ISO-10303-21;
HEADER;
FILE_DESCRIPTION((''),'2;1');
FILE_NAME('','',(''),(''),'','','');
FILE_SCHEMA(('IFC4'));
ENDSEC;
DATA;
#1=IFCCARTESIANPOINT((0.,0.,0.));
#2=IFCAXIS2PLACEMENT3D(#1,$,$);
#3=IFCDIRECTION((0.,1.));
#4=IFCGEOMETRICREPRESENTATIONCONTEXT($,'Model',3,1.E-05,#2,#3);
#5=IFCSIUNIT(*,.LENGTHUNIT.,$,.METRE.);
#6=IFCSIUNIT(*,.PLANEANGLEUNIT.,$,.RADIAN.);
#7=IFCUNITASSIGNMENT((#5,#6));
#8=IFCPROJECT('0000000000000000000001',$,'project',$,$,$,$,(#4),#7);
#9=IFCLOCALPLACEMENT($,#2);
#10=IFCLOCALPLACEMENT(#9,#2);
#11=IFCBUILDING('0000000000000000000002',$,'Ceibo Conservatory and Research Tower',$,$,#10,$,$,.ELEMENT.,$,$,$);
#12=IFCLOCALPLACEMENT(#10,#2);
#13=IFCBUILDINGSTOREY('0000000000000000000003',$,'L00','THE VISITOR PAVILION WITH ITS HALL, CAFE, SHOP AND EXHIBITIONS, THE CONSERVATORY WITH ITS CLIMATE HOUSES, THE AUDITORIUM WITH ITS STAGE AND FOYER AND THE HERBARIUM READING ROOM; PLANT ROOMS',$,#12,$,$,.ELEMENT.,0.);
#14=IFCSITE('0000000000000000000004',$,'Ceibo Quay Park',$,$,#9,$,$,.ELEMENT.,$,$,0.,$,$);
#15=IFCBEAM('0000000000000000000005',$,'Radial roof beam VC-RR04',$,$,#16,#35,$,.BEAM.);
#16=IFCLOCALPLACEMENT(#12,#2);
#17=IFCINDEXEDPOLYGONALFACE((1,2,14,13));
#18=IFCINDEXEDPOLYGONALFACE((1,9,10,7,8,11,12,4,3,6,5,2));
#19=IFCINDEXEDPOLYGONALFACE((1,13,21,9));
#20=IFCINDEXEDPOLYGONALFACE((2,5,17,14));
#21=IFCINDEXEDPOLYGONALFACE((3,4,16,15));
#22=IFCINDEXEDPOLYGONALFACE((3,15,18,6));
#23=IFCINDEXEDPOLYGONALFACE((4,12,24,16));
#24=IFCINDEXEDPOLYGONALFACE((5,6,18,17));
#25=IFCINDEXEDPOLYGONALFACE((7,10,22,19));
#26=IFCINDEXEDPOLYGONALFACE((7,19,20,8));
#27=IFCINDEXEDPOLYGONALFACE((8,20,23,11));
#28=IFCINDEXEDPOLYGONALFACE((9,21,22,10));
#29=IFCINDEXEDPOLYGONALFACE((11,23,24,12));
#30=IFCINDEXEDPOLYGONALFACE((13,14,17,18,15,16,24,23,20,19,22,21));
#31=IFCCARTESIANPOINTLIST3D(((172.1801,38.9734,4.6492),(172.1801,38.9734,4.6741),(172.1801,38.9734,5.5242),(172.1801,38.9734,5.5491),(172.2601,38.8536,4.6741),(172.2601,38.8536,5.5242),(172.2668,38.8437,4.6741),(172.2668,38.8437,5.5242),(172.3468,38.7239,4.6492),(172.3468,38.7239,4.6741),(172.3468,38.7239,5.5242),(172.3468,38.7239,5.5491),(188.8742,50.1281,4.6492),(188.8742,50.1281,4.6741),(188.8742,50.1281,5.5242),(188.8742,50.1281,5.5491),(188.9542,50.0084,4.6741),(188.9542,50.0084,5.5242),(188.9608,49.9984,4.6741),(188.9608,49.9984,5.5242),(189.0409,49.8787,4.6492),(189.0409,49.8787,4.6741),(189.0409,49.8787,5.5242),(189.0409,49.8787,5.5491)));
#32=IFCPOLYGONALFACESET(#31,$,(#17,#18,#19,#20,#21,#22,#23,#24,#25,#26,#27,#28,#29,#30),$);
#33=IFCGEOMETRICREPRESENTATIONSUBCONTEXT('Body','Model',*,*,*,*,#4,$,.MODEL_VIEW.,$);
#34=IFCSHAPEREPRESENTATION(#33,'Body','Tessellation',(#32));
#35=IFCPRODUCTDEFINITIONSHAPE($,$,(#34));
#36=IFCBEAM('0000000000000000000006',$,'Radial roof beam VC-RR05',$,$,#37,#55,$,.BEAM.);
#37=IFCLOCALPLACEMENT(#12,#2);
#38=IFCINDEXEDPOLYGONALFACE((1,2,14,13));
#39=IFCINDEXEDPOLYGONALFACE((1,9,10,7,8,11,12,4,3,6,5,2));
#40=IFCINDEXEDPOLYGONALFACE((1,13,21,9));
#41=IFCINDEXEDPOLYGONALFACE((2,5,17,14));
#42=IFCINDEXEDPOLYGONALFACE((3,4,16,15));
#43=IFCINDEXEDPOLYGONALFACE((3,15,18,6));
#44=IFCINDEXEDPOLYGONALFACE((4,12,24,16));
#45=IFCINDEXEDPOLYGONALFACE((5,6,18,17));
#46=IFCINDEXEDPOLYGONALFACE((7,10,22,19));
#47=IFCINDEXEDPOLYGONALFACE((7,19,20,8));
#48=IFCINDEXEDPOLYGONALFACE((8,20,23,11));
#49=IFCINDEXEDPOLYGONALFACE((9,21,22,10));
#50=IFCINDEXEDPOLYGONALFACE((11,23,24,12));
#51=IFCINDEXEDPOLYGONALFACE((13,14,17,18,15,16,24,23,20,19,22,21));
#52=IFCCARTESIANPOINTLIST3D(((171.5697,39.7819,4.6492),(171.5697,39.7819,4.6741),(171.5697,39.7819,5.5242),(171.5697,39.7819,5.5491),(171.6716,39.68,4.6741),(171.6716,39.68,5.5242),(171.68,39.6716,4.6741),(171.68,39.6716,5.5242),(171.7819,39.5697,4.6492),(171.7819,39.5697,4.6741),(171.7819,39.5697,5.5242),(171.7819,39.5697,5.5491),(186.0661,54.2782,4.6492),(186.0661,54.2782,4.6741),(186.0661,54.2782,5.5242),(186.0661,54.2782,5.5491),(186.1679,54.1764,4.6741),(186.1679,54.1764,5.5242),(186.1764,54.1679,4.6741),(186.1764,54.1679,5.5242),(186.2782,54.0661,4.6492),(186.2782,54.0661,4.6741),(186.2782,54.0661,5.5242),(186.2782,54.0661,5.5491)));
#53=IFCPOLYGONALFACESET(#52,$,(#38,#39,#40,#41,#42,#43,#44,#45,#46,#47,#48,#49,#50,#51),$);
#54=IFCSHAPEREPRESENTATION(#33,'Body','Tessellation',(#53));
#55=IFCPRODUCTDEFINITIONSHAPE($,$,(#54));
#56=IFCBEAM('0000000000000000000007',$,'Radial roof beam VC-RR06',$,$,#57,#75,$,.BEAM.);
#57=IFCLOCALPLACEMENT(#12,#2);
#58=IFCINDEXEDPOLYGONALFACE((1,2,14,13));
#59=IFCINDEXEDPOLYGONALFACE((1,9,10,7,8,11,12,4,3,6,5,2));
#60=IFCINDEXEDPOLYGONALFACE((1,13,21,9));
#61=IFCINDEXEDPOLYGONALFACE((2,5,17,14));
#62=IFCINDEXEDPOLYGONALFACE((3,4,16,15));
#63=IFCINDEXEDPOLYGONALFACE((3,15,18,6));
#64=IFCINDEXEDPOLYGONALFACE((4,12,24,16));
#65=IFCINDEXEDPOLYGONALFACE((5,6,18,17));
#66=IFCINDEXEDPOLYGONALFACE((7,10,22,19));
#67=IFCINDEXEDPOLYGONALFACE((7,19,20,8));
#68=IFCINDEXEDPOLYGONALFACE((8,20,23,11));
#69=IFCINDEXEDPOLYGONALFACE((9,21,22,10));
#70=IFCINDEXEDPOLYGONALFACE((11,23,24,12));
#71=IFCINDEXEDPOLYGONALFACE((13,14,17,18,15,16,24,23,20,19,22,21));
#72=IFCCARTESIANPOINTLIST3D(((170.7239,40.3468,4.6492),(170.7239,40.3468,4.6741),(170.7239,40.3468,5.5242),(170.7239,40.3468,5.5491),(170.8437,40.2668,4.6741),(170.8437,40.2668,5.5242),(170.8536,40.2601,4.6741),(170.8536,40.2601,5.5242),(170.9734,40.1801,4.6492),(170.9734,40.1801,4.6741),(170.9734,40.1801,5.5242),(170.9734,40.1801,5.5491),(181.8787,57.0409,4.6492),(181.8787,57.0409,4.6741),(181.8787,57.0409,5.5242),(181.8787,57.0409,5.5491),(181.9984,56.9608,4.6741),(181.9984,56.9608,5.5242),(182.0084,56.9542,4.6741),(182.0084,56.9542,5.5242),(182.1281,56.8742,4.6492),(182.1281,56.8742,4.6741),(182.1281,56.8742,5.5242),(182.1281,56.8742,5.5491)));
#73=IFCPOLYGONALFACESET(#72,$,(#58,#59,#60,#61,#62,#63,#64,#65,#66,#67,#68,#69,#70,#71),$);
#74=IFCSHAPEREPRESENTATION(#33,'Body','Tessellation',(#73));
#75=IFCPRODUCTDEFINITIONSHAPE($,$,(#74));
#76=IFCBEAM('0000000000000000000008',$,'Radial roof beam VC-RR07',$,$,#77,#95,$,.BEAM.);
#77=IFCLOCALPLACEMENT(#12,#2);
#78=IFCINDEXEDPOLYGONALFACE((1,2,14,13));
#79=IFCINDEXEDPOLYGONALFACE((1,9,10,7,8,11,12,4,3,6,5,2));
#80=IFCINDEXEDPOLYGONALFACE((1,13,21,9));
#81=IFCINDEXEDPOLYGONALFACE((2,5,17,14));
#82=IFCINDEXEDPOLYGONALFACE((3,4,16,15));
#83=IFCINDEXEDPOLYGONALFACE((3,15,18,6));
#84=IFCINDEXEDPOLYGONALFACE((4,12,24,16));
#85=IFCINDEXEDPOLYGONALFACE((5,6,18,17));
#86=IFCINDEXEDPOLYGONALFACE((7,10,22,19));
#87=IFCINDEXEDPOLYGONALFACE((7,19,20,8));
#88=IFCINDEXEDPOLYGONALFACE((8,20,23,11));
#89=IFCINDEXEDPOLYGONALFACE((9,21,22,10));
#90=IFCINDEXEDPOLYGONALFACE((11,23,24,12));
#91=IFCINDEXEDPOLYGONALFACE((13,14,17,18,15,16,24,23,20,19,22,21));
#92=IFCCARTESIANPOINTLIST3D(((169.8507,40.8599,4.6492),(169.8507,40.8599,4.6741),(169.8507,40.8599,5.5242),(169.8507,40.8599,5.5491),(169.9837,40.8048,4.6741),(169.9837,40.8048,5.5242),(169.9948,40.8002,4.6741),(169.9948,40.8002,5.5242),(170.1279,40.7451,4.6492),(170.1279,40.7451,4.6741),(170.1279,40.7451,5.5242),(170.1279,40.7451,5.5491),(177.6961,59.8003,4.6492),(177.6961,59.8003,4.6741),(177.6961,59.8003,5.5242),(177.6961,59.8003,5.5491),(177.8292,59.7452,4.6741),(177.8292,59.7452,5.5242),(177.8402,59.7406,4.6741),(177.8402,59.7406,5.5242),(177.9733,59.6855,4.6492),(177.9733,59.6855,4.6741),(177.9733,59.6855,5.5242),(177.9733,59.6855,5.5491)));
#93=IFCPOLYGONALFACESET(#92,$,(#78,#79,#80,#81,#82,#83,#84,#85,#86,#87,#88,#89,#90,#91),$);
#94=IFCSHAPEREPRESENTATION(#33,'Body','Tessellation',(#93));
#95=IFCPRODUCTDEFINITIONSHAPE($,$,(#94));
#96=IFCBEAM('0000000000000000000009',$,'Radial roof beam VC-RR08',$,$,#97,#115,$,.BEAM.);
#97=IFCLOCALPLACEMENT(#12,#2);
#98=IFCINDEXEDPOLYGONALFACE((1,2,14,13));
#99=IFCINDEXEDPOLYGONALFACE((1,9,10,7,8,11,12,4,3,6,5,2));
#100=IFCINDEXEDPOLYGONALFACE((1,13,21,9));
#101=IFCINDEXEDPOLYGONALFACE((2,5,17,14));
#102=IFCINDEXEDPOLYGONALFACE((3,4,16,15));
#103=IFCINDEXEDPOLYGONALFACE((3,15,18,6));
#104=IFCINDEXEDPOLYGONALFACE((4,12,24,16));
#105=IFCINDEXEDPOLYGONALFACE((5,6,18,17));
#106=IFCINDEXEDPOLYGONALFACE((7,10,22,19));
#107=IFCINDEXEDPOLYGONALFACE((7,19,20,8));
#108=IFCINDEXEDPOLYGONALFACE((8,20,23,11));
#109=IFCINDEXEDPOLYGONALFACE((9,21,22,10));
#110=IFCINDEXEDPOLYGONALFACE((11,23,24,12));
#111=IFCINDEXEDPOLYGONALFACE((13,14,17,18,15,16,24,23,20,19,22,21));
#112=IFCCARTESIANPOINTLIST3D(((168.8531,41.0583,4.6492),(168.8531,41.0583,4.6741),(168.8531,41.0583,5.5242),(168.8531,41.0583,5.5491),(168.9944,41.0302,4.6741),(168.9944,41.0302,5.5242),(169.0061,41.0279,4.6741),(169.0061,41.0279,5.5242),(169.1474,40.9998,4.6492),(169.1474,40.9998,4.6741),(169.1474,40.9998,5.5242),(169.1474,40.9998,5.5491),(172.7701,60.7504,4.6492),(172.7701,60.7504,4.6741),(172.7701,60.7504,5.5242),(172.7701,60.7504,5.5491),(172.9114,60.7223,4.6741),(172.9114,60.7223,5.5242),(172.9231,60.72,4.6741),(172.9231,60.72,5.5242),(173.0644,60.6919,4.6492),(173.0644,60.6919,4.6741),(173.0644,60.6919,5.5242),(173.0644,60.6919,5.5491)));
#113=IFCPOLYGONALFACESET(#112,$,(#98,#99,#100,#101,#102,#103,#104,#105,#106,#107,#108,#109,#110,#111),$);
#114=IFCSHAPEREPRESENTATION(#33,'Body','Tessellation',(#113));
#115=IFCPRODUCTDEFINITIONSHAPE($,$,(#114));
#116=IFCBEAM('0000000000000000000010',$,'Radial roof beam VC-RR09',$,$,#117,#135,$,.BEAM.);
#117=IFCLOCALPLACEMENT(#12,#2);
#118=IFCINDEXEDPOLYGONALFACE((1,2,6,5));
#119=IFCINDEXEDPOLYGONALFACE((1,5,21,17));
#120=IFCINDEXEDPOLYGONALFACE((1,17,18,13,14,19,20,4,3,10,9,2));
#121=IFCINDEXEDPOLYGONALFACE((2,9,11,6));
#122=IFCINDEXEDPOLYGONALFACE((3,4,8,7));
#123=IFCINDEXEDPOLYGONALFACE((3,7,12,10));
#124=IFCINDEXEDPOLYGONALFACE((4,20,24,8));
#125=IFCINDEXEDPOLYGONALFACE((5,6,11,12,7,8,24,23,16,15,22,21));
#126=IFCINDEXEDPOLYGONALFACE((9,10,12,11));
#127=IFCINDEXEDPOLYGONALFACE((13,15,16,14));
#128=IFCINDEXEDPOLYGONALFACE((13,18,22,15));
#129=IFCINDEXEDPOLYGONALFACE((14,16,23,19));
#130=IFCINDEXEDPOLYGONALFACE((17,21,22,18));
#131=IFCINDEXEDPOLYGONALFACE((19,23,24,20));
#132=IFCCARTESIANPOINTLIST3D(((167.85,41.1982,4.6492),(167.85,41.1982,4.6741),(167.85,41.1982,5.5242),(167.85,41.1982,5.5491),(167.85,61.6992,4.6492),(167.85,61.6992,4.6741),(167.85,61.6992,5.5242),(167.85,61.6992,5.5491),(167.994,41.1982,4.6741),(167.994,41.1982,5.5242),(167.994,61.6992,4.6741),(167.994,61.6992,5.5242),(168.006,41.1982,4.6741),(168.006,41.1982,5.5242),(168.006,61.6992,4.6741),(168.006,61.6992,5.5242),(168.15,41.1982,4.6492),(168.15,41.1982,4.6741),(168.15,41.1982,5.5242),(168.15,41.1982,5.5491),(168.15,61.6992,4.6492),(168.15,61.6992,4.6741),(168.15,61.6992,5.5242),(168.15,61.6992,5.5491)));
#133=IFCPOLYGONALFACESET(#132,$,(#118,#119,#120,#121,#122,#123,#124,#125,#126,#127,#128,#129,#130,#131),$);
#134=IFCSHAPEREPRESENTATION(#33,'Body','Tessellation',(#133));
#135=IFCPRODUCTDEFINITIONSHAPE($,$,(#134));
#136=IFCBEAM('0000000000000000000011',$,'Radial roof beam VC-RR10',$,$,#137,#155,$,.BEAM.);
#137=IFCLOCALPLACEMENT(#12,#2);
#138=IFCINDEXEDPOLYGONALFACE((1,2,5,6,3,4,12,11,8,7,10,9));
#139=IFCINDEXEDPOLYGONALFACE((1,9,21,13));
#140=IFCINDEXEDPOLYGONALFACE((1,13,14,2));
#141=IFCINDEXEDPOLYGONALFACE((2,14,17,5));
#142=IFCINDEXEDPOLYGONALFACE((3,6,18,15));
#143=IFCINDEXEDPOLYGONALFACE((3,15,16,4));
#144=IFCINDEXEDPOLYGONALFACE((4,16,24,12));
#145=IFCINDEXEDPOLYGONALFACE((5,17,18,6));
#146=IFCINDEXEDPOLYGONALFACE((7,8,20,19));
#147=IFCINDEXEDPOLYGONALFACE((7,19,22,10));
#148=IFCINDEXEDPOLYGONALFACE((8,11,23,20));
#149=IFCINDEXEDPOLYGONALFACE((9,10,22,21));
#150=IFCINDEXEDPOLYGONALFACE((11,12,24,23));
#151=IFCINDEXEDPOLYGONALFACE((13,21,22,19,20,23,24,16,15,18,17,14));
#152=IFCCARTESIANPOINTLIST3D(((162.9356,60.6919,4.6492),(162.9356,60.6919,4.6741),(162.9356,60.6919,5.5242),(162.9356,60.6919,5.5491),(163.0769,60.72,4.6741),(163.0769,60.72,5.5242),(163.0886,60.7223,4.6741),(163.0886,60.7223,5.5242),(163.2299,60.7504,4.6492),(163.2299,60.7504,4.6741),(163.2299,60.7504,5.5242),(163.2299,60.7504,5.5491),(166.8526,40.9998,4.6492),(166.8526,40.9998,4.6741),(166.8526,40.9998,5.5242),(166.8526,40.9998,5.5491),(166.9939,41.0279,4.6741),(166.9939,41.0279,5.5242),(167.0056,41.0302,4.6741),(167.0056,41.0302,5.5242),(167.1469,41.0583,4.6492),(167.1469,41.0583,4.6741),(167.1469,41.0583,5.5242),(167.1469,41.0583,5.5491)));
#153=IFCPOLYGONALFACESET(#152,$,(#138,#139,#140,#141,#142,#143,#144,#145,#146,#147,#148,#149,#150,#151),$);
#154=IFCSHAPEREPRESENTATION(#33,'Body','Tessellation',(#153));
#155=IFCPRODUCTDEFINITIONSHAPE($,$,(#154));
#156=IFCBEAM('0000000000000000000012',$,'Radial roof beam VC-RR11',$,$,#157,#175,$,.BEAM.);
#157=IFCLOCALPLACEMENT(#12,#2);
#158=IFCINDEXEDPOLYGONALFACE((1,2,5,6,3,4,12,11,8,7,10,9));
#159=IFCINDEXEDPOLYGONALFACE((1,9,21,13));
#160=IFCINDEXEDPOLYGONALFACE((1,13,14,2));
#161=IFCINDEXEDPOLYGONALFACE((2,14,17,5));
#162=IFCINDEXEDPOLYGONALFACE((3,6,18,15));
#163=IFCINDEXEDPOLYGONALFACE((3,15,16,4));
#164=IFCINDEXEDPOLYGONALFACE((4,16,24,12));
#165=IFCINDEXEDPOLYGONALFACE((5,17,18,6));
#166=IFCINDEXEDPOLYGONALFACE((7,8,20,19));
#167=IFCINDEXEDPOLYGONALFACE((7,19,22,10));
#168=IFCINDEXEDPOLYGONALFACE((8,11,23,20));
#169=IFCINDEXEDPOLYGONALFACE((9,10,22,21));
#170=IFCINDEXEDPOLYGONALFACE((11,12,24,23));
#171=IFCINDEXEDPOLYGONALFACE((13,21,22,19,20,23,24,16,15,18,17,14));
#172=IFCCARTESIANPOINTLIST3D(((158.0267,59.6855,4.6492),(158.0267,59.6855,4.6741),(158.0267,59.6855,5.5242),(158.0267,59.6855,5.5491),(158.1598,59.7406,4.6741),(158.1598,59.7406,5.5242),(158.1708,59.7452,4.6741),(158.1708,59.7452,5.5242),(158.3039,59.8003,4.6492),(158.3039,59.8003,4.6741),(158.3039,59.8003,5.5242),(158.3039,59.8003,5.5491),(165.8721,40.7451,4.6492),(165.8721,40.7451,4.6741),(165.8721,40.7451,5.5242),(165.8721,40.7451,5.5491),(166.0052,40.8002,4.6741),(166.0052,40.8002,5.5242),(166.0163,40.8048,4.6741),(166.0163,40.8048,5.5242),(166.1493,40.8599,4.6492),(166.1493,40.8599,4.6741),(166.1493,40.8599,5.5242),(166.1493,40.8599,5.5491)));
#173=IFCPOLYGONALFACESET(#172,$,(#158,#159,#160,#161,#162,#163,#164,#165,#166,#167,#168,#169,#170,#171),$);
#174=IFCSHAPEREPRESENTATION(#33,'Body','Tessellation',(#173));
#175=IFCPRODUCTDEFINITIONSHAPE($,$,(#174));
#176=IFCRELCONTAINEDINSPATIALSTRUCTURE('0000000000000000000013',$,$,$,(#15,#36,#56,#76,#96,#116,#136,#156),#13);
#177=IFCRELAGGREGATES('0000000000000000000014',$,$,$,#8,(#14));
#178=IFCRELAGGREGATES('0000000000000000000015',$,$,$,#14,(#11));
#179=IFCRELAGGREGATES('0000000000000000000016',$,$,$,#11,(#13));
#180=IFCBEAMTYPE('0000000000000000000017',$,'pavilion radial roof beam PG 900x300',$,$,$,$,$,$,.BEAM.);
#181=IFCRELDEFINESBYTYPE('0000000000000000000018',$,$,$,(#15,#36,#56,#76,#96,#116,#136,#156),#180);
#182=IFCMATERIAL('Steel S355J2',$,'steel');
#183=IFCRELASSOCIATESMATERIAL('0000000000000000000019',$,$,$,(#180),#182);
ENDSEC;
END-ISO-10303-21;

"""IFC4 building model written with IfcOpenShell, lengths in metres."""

from ifc_helpers import new_model, si_unit, direction, frame, origin, origin_2d, place, context, subcontext, project, spatial, i_section, extrude, material, material_profile, profile_set, type_object, element, save


model = new_model("IFC4")

# Units and contexts
model_context = context("Model", 3, precision=1e-05, world=origin(), true_north=direction((0.0, 1.0)))
body_context = subcontext(model_context, "Body", "Model", "MODEL_VIEW")
ifc_project = project(units=[si_unit("LENGTHUNIT", "METRE"), si_unit("PLANEANGLEUNIT", "RADIAN")], contexts=[model_context])

# Site, building, storey
site_placement = place(None, origin())
site = spatial("IfcSite", under=ifc_project, at=site_placement, Name="Ceibo Quay Park", CompositionType="ELEMENT", RefElevation=0.0)
building_placement = place(site_placement, origin())
building = spatial("IfcBuilding", under=site, at=building_placement, Name="Ceibo Conservatory and Research Tower", CompositionType="ELEMENT")
storey_placement = place(building_placement, origin())
storey = spatial("IfcBuildingStorey", under=building, at=storey_placement, Name="L00", Description="THE VISITOR PAVILION WITH ITS HALL, CAFE, SHOP AND EXHIBITIONS, THE CONSERVATORY WITH ITS CLIMATE HOUSES, THE AUDITORIUM WITH ITS STAGE AND FOYER AND THE HERBARIUM READING ROOM; PLANT ROOMS", CompositionType="ELEMENT", Elevation=0.0)

# Beams
ifc_material_1 = material(Name="Steel S355J2", Category="steel")
ifc_material_profile_1 = material_profile(ifc_material_1, i_section(OverallWidth=0.3, OverallDepth=0.8999, WebThickness=0.012, FlangeThickness=0.0249, at=origin_2d()), Name="PG 900x300")
ifc_profile_set_1 = profile_set([ifc_material_profile_1], Name="Steel S355J2")
beam_type = type_object("IfcBeamType", Name="pavilion radial roof beam PG 900x300", PredefinedType="BEAM", material=ifc_profile_set_1)
beam_1_placement = place(storey_placement, frame((172.2634, 38.8486, 5.0991), z_axis=(0.831466, 0.555575, 0.0), x_axis=(-0.555575, 0.831466, 0.0)))
element("IfcBeam", 1, at=beam_1_placement, inside=storey, type_object=beam_type, Name="Radial roof beam VC-RR04", PredefinedType="BEAM", context=body_context, shape_type="SweptSolid", body=[
    extrude(i_section(OverallWidth=0.3, OverallDepth=0.8999, WebThickness=0.012, FlangeThickness=0.0249, at=origin_2d()), origin(), (0.0, 0.0, 1.0), 20.0779),
])
beam_2_placement = place(storey_placement, frame((171.6758, 39.6758, 5.0991), z_axis=(0.707107, 0.707107, 0.0), x_axis=(-0.707107, 0.707107, 0.0)))
element("IfcBeam", 2, at=beam_2_placement, inside=storey, type_object=beam_type, Name="Radial roof beam VC-RR05", PredefinedType="BEAM", context=body_context, shape_type="SweptSolid", body=[
    extrude(i_section(OverallWidth=0.3, OverallDepth=0.8999, WebThickness=0.012, FlangeThickness=0.0249, at=origin_2d()), origin(), (0.0, 0.0, 1.0), 20.501),
])
beam_3_placement = place(storey_placement, frame((170.8486, 40.2634, 5.0991), z_axis=(0.555575, 0.831466, 0.0), x_axis=(-0.831466, 0.555575, 0.0)))
element("IfcBeam", 3, at=beam_3_placement, inside=storey, type_object=beam_type, Name="Radial roof beam VC-RR06", PredefinedType="BEAM", context=body_context, shape_type="SweptSolid", body=[
    extrude(i_section(OverallWidth=0.3, OverallDepth=0.8999, WebThickness=0.012, FlangeThickness=0.0249, at=origin_2d()), origin(), (0.0, 0.0, 1.0), 20.0779),
])
beam_4_placement = place(storey_placement, frame((169.9893, 40.8025, 5.0991), z_axis=(0.382687, 0.923878, 0.0), x_axis=(-0.923878, 0.382687, 0.0)))
element("IfcBeam", 4, at=beam_4_placement, inside=storey, type_object=beam_type, Name="Radial roof beam VC-RR07", PredefinedType="BEAM", context=body_context, shape_type="SweptSolid", body=[
    extrude(i_section(OverallWidth=0.3, OverallDepth=0.8999, WebThickness=0.012, FlangeThickness=0.0249, at=origin_2d()), origin(), (0.0, 0.0, 1.0), 20.501),
])
beam_5_placement = place(storey_placement, frame((169.0002, 41.0291, 5.0991), z_axis=(0.195089, 0.980785, 0.0), x_axis=(-0.980785, 0.195089, 0.0)))
element("IfcBeam", 5, at=beam_5_placement, inside=storey, type_object=beam_type, Name="Radial roof beam VC-RR08", PredefinedType="BEAM", context=body_context, shape_type="SweptSolid", body=[
    extrude(i_section(OverallWidth=0.3, OverallDepth=0.8999, WebThickness=0.012, FlangeThickness=0.0249, at=origin_2d()), origin(), (0.0, 0.0, 1.0), 20.0779),
])
beam_6_placement = place(storey_placement, frame((168.0, 41.1982, 5.0991), z_axis=(0.0, 1.0, 0.0), x_axis=(-1.0, 0.0, 0.0)))
element("IfcBeam", 6, at=beam_6_placement, inside=storey, type_object=beam_type, Name="Radial roof beam VC-RR09", PredefinedType="BEAM", context=body_context, shape_type="SweptSolid", body=[
    extrude(i_section(OverallWidth=0.3, OverallDepth=0.8999, WebThickness=0.012, FlangeThickness=0.0249, at=origin_2d()), origin(), (0.0, 0.0, 1.0), 20.501),
])
beam_7_placement = place(storey_placement, frame((166.9998, 41.0291, 5.0991), z_axis=(-0.195089, 0.980785, 0.0), x_axis=(-0.980785, -0.195089, 0.0)))
element("IfcBeam", 7, at=beam_7_placement, inside=storey, type_object=beam_type, Name="Radial roof beam VC-RR10", PredefinedType="BEAM", context=body_context, shape_type="SweptSolid", body=[
    extrude(i_section(OverallWidth=0.3, OverallDepth=0.8999, WebThickness=0.012, FlangeThickness=0.0249, at=origin_2d()), origin(), (0.0, 0.0, 1.0), 20.0779),
])
beam_8_placement = place(storey_placement, frame((166.0107, 40.8025, 5.0991), z_axis=(-0.382687, 0.923878, 0.0), x_axis=(-0.923878, -0.382687, 0.0)))
element("IfcBeam", 8, at=beam_8_placement, inside=storey, type_object=beam_type, Name="Radial roof beam VC-RR11", PredefinedType="BEAM", context=body_context, shape_type="SweptSolid", body=[
    extrude(i_section(OverallWidth=0.3, OverallDepth=0.8999, WebThickness=0.012, FlangeThickness=0.0249, at=origin_2d()), origin(), (0.0, 0.0, 1.0), 20.501),
])

save(model, "model.ifc")
